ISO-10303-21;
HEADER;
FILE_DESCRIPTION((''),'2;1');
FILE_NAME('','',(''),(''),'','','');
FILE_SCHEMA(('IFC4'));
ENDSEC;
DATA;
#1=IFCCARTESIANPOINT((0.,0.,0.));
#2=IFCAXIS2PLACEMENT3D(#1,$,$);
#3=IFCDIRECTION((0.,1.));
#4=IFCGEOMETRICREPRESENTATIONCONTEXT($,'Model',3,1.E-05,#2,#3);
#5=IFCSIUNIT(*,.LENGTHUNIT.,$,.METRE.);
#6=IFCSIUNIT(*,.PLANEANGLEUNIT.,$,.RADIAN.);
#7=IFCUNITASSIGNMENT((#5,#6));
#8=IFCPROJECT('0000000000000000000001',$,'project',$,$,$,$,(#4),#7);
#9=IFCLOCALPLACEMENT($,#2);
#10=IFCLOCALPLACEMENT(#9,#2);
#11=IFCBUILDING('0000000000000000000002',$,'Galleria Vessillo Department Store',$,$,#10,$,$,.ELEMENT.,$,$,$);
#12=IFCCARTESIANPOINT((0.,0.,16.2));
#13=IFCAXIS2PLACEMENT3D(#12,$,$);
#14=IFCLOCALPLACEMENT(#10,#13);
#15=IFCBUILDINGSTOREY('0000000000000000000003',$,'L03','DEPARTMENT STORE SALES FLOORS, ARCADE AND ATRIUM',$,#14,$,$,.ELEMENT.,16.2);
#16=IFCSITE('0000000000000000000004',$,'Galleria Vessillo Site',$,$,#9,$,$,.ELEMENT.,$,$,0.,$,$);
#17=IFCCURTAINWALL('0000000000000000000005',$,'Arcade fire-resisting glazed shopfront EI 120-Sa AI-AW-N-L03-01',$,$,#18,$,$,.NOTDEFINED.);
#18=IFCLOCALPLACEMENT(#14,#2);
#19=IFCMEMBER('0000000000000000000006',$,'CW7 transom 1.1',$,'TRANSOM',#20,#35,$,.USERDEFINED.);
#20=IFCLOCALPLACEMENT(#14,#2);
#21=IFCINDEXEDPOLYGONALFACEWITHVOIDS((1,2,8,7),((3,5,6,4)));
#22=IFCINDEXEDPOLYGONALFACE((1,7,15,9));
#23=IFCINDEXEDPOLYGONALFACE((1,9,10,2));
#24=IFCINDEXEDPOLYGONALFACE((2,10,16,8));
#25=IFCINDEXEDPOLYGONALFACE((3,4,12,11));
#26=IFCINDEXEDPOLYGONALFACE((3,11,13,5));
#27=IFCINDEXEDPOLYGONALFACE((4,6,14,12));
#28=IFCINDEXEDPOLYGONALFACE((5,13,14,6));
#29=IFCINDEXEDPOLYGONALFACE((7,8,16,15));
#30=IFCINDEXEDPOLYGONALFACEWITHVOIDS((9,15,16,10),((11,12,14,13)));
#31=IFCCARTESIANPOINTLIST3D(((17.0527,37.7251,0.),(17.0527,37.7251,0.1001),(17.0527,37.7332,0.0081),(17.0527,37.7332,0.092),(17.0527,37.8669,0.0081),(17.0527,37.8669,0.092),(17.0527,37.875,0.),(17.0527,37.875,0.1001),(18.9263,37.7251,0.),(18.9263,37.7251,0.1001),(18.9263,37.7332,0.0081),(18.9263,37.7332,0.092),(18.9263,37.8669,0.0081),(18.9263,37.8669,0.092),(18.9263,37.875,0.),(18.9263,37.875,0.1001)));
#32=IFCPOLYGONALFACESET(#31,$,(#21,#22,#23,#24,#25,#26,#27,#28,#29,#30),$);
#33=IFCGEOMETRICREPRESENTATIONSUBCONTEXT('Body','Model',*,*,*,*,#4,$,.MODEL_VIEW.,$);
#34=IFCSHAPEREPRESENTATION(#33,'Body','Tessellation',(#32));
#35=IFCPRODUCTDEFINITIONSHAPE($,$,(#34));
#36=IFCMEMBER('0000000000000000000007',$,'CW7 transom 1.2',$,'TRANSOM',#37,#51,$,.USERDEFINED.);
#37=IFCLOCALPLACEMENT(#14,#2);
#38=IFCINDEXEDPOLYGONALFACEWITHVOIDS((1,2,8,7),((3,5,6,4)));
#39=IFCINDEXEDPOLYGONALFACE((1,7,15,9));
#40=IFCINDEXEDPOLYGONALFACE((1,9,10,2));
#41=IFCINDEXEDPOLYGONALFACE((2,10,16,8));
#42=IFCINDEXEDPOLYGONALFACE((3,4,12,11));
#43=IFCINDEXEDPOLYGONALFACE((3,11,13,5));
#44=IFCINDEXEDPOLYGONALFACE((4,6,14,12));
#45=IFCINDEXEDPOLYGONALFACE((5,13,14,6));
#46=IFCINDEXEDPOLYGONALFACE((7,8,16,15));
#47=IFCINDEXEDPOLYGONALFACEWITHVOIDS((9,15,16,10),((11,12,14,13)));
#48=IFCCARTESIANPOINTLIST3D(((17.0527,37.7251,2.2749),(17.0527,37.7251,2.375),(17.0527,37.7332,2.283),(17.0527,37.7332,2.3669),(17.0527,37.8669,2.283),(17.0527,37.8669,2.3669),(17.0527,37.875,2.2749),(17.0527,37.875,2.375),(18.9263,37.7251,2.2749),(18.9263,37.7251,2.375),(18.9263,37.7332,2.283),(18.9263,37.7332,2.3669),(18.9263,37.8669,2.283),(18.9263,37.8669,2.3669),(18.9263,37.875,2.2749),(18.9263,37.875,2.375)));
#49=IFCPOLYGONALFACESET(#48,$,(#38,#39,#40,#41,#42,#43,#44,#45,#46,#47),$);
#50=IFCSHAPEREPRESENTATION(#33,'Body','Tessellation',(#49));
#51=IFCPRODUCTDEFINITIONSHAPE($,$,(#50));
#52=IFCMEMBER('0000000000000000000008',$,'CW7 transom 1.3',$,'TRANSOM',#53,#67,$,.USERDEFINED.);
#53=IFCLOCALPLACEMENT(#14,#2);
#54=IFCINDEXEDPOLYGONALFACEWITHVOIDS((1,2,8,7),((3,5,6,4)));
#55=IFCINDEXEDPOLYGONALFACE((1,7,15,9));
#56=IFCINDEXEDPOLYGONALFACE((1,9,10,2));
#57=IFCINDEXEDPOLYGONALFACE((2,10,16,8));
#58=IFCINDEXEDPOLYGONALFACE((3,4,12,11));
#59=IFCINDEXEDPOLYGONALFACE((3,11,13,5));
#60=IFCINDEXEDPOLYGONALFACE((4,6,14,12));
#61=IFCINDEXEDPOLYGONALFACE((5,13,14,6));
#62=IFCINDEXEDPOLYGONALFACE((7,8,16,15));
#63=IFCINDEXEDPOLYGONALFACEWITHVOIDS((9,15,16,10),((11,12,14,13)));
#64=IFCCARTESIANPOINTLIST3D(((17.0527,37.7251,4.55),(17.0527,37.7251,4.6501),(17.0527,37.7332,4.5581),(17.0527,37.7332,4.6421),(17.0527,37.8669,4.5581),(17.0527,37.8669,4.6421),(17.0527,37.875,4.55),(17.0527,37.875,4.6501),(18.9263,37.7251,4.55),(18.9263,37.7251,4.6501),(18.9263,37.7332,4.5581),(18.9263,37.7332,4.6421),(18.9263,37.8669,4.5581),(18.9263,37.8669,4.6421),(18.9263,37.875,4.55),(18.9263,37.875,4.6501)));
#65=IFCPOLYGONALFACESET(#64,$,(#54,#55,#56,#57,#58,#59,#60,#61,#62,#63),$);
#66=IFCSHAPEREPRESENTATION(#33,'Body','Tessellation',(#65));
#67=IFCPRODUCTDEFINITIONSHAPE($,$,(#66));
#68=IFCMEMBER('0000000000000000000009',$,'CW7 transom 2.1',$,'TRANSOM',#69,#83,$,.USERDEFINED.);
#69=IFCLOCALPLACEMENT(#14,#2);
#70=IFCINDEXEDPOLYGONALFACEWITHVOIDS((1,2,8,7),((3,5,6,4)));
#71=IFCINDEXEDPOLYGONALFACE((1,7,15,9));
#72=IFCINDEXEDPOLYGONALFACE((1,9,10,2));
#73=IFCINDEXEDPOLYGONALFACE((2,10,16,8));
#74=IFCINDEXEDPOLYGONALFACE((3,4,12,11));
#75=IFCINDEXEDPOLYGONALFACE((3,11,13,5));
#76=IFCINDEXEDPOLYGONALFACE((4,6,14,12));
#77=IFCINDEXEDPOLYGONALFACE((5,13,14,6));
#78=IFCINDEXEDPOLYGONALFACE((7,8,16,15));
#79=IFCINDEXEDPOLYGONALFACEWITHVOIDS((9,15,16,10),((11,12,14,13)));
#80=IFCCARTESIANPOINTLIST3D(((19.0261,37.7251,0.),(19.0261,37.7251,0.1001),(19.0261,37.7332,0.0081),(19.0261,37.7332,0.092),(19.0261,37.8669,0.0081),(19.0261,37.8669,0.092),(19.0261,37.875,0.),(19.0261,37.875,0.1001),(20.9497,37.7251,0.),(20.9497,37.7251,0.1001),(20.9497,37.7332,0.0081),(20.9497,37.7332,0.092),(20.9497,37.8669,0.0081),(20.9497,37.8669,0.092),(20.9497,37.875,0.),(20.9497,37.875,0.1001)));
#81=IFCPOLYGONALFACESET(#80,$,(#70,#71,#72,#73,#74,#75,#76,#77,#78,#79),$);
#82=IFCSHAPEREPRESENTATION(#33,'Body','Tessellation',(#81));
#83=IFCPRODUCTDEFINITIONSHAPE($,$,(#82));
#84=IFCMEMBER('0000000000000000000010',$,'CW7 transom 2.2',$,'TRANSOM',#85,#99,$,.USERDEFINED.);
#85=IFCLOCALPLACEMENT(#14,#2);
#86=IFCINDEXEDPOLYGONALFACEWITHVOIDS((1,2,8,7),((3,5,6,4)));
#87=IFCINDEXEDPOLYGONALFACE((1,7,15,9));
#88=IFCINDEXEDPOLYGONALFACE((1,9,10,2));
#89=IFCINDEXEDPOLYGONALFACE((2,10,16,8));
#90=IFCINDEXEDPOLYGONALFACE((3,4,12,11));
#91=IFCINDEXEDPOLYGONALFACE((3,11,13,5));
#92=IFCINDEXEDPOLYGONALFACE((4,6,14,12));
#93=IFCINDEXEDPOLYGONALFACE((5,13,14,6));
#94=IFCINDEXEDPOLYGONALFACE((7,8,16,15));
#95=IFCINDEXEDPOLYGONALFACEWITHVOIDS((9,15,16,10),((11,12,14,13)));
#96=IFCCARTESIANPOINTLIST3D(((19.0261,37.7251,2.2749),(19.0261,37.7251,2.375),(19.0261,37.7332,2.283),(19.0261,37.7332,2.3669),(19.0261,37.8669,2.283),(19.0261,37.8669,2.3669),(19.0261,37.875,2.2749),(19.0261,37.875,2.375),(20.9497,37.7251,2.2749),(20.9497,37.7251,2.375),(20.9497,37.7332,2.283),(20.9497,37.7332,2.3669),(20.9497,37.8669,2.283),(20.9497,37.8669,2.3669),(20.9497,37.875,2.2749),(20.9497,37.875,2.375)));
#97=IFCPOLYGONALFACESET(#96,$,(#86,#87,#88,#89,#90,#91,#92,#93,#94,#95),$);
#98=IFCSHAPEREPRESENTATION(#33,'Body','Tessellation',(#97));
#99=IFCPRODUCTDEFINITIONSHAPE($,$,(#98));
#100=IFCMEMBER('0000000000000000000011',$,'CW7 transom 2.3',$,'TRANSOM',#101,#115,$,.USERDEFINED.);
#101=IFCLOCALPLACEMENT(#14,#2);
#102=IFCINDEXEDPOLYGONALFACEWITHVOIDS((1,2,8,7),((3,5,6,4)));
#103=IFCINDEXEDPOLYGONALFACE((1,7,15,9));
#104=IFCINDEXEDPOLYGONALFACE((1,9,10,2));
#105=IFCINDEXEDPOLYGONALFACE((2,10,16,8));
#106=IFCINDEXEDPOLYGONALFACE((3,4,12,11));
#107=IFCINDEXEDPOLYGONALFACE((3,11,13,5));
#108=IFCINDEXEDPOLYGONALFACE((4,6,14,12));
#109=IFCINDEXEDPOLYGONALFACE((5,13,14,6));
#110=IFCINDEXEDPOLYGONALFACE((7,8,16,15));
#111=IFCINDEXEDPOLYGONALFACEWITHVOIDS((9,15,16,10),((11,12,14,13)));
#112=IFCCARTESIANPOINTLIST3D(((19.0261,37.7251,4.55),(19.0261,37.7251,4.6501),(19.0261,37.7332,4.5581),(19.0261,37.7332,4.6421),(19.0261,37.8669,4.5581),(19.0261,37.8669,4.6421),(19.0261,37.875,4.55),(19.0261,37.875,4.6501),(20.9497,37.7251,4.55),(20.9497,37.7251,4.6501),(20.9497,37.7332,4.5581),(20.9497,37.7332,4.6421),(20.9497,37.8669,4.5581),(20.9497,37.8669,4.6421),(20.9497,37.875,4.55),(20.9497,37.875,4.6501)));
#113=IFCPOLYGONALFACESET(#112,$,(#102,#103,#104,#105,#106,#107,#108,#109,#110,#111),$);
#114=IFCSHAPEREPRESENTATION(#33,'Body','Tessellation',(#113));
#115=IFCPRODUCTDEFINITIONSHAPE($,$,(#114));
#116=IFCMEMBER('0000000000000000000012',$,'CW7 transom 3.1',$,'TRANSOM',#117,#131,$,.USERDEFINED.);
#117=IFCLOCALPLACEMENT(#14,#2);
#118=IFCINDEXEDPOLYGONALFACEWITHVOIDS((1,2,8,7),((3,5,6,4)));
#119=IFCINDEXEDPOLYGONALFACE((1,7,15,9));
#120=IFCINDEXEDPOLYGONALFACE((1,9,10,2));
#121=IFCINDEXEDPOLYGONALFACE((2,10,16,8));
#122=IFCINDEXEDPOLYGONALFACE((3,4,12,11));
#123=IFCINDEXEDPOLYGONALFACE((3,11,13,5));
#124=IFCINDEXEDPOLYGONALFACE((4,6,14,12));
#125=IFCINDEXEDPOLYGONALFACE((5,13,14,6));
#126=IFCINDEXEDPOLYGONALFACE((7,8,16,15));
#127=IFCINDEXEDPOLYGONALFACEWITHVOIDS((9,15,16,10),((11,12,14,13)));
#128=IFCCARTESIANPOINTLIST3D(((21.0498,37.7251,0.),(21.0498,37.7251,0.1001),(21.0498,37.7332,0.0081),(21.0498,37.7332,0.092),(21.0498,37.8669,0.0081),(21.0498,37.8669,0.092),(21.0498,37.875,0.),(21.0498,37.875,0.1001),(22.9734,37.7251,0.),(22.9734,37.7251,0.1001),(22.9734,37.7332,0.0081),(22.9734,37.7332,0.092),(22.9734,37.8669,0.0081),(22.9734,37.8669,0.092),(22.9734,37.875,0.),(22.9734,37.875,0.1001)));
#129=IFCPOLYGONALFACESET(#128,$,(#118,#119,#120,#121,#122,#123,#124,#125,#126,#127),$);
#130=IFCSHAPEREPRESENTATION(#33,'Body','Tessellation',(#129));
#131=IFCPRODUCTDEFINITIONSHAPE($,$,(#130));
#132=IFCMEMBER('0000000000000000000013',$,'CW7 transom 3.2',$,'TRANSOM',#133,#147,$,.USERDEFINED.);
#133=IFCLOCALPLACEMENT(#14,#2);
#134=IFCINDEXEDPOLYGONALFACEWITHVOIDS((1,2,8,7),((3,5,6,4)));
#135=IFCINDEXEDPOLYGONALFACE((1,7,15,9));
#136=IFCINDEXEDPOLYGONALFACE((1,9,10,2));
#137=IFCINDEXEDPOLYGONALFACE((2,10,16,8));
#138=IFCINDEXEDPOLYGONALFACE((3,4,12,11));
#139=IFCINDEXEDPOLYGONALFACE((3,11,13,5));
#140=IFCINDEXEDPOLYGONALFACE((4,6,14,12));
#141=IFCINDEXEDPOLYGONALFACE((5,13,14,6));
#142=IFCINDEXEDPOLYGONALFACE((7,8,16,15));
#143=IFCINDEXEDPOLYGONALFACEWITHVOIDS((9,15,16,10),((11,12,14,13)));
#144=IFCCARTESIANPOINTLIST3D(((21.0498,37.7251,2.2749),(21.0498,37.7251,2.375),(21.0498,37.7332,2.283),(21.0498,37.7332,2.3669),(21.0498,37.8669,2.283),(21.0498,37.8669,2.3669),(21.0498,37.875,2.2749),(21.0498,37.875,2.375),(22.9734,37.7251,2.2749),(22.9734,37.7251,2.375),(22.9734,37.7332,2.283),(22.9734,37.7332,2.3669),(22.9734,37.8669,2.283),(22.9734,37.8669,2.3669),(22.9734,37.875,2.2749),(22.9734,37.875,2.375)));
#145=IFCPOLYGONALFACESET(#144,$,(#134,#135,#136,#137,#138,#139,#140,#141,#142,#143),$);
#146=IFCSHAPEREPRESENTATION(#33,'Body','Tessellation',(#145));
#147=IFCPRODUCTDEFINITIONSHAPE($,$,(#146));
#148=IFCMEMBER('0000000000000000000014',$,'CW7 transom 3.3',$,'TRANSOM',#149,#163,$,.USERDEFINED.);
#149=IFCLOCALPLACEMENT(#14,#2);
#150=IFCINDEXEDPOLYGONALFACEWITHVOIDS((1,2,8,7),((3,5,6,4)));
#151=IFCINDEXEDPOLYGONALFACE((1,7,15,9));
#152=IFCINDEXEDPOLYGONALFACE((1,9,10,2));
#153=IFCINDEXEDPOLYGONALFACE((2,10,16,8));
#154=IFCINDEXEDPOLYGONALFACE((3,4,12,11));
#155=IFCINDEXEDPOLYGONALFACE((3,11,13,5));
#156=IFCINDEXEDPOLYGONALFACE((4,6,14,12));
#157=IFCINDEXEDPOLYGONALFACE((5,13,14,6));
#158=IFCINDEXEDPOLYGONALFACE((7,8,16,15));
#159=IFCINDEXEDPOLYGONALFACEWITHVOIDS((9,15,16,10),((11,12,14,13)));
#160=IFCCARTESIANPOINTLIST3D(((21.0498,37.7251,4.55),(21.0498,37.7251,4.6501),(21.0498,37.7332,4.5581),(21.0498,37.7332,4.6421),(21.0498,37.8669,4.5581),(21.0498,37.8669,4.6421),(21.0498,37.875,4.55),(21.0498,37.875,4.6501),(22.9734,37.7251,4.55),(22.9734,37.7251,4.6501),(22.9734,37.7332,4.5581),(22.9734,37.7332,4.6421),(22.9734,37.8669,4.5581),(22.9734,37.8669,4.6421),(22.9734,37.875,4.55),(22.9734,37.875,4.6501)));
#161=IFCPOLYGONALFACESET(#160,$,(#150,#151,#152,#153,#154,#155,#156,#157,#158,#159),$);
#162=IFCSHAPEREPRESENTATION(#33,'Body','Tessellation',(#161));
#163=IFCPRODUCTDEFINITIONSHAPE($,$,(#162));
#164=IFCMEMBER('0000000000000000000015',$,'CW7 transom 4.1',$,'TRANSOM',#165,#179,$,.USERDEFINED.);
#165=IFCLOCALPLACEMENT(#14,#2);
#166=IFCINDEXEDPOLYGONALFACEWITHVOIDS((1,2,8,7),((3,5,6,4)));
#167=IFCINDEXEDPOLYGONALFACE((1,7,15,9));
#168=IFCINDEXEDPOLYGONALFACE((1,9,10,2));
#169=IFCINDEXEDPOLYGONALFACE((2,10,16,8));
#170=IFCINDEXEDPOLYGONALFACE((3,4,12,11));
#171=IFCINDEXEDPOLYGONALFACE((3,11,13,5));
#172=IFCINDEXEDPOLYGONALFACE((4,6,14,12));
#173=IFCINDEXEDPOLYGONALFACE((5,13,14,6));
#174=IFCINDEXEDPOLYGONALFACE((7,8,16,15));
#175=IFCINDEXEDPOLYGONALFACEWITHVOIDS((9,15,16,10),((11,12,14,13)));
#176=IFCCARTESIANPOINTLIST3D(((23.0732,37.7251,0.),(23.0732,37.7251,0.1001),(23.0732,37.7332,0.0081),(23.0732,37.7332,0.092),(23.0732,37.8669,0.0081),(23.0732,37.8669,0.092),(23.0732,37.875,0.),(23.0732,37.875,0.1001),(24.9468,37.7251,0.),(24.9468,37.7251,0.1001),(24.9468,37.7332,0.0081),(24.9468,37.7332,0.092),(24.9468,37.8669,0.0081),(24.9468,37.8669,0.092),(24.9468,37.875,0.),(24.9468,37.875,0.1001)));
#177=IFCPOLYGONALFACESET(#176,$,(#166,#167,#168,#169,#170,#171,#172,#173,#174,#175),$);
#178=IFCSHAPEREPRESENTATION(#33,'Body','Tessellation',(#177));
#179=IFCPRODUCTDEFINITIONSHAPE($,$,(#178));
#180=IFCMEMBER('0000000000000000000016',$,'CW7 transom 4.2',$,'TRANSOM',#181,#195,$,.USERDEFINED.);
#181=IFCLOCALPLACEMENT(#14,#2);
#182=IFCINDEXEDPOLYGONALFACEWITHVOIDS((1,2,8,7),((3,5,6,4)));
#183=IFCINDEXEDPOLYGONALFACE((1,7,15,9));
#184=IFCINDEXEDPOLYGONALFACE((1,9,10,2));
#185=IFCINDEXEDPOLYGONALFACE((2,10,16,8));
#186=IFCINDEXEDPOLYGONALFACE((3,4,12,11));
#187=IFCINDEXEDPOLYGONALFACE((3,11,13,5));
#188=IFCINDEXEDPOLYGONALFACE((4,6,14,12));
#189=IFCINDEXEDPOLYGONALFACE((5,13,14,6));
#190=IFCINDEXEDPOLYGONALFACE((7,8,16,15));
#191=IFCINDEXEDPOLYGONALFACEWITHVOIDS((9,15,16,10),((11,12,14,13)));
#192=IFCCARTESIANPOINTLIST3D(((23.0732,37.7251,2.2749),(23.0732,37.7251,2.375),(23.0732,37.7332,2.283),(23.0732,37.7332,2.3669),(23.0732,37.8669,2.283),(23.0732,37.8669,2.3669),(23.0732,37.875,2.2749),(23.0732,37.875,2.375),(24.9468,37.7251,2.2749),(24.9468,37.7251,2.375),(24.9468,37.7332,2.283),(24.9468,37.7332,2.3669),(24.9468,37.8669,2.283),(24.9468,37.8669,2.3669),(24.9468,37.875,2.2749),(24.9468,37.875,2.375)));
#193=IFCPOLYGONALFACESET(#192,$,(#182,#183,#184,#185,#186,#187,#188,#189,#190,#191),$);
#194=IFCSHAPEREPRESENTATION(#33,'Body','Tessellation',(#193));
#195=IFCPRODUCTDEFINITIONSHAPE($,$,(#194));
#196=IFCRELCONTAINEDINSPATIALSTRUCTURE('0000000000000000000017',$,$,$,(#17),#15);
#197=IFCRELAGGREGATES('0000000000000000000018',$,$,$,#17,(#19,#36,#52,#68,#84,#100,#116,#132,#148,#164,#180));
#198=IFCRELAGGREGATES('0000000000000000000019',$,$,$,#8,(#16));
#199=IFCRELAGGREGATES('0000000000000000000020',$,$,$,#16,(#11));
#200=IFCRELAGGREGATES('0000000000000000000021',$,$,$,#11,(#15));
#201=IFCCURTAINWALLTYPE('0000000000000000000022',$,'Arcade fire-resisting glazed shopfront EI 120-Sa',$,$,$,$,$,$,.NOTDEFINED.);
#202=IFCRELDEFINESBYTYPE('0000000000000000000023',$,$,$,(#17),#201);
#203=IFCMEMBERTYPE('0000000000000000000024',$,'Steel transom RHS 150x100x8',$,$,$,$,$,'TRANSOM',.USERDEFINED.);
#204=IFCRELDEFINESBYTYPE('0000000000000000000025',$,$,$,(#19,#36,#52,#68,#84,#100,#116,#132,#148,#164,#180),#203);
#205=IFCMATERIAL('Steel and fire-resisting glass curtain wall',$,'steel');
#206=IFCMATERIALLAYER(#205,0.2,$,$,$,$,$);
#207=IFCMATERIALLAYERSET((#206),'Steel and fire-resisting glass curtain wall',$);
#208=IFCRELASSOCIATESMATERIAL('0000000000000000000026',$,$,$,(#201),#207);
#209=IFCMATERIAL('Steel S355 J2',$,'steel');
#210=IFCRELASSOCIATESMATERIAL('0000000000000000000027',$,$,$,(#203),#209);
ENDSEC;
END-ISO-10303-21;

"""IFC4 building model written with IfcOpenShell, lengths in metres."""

from ifc_helpers import new_model, si_unit, direction, frame, origin, origin_2d, place, context, subcontext, project, spatial, hollow_rectangle, extrude, material, layer, layer_set, material_profile, profile_set, type_object, element, aggregate, save


model = new_model("IFC4")

# Units and contexts
model_context = context("Model", 3, precision=1e-05, world=origin(), true_north=direction((0.0, 1.0)))
body_context = subcontext(model_context, "Body", "Model", "MODEL_VIEW")
ifc_project = project(units=[si_unit("LENGTHUNIT", "METRE"), si_unit("PLANEANGLEUNIT", "RADIAN")], contexts=[model_context])

# Site, building, storey
site_placement = place(None, origin())
site = spatial("IfcSite", under=ifc_project, at=site_placement, Name="Galleria Vessillo Site", CompositionType="ELEMENT", RefElevation=0.0)
building_placement = place(site_placement, origin())
building = spatial("IfcBuilding", under=site, at=building_placement, Name="Galleria Vessillo Department Store", CompositionType="ELEMENT")
storey_placement = place(building_placement, frame((0.0, 0.0, 16.2)))
storey = spatial("IfcBuildingStorey", under=building, at=storey_placement, Name="L03", Description="DEPARTMENT STORE SALES FLOORS, ARCADE AND ATRIUM", CompositionType="ELEMENT", Elevation=16.2)

# Curtain wall, members
ifc_material_1 = material(Name="Steel and fire-resisting glass curtain wall", Category="steel")
ifc_layer_1 = layer(ifc_material_1, 0.2)
ifc_layer_set_1 = layer_set([ifc_layer_1], Name="Steel and fire-resisting glass curtain wall")
curtain_wall_type = type_object("IfcCurtainWallType", Name="Arcade fire-resisting glazed shopfront EI 120-Sa", PredefinedType="NOTDEFINED", material=ifc_layer_set_1)
curtain_wall_placement = place(storey_placement, origin())
curtain_wall = element("IfcCurtainWall", 1, at=curtain_wall_placement, inside=storey, type_object=curtain_wall_type, Name="Arcade fire-resisting glazed shopfront EI 120-Sa AI-AW-N-L03-01", PredefinedType="NOTDEFINED")
ifc_material_2 = material(Name="Steel S355 J2", Category="steel")
ifc_material_profile_1 = material_profile(ifc_material_2, hollow_rectangle(XDim=0.1499, YDim=0.1001, WallThickness=0.0081, at=origin_2d()), Name="RHS 150x100x8")
ifc_profile_set_1 = profile_set([ifc_material_profile_1], Name="Steel S355 J2")
member_type_1 = type_object("IfcMemberType", Name="Steel transom RHS 150x100x8", ElementType="TRANSOM", PredefinedType="USERDEFINED", material=ifc_profile_set_1)
member_1_placement = place(storey_placement, frame((17.0527, 37.8, 0.05), z_axis=(1.0, 0.0, 0.0), x_axis=(0.0, 1.0, 0.0)))
member_1 = element("IfcMember", 2, at=member_1_placement, type_object=member_type_1, Name="CW7 transom 1.1", ObjectType="TRANSOM", PredefinedType="USERDEFINED", context=body_context, shape_type="SweptSolid", body=[
    extrude(hollow_rectangle(XDim=0.1499, YDim=0.1001, WallThickness=0.0081, at=origin_2d()), origin(), (0.0, 0.0, 1.0), 1.8735),
])
member_2_placement = place(storey_placement, frame((17.0527, 37.8, 2.325), z_axis=(1.0, 0.0, 0.0), x_axis=(0.0, 1.0, 0.0)))
member_2 = element("IfcMember", 3, at=member_2_placement, type_object=member_type_1, Name="CW7 transom 1.2", ObjectType="TRANSOM", PredefinedType="USERDEFINED", context=body_context, shape_type="SweptSolid", body=[
    extrude(hollow_rectangle(XDim=0.1499, YDim=0.1001, WallThickness=0.0081, at=origin_2d()), origin(), (0.0, 0.0, 1.0), 1.8735),
])
member_3_placement = place(storey_placement, frame((17.0527, 37.8, 4.6001), z_axis=(1.0, 0.0, 0.0), x_axis=(0.0, 1.0, 0.0)))
member_3 = element("IfcMember", 4, at=member_3_placement, type_object=member_type_1, Name="CW7 transom 1.3", ObjectType="TRANSOM", PredefinedType="USERDEFINED", context=body_context, shape_type="SweptSolid", body=[
    extrude(hollow_rectangle(XDim=0.1499, YDim=0.1001, WallThickness=0.0081, at=origin_2d()), origin(), (0.0, 0.0, 1.0), 1.8735),
])
member_4_placement = place(storey_placement, frame((19.0261, 37.8, 0.05), z_axis=(1.0, 0.0, 0.0), x_axis=(0.0, 1.0, 0.0)))
member_4 = element("IfcMember", 5, at=member_4_placement, type_object=member_type_1, Name="CW7 transom 2.1", ObjectType="TRANSOM", PredefinedType="USERDEFINED", context=body_context, shape_type="SweptSolid", body=[
    extrude(hollow_rectangle(XDim=0.1499, YDim=0.1001, WallThickness=0.0081, at=origin_2d()), origin(), (0.0, 0.0, 1.0), 1.9236),
])
member_5_placement = place(storey_placement, frame((19.0261, 37.8, 2.325), z_axis=(1.0, 0.0, 0.0), x_axis=(0.0, 1.0, 0.0)))
member_5 = element("IfcMember", 6, at=member_5_placement, type_object=member_type_1, Name="CW7 transom 2.2", ObjectType="TRANSOM", PredefinedType="USERDEFINED", context=body_context, shape_type="SweptSolid", body=[
    extrude(hollow_rectangle(XDim=0.1499, YDim=0.1001, WallThickness=0.0081, at=origin_2d()), origin(), (0.0, 0.0, 1.0), 1.9236),
])
member_6_placement = place(storey_placement, frame((19.0261, 37.8, 4.6001), z_axis=(1.0, 0.0, 0.0), x_axis=(0.0, 1.0, 0.0)))
member_6 = element("IfcMember", 7, at=member_6_placement, type_object=member_type_1, Name="CW7 transom 2.3", ObjectType="TRANSOM", PredefinedType="USERDEFINED", context=body_context, shape_type="SweptSolid", body=[
    extrude(hollow_rectangle(XDim=0.1499, YDim=0.1001, WallThickness=0.0081, at=origin_2d()), origin(), (0.0, 0.0, 1.0), 1.9236),
])
member_7_placement = place(storey_placement, frame((21.0498, 37.8, 0.05), z_axis=(1.0, 0.0, 0.0), x_axis=(0.0, 1.0, 0.0)))
member_7 = element("IfcMember", 8, at=member_7_placement, type_object=member_type_1, Name="CW7 transom 3.1", ObjectType="TRANSOM", PredefinedType="USERDEFINED", context=body_context, shape_type="SweptSolid", body=[
    extrude(hollow_rectangle(XDim=0.1499, YDim=0.1001, WallThickness=0.0081, at=origin_2d()), origin(), (0.0, 0.0, 1.0), 1.9236),
])
member_8_placement = place(storey_placement, frame((21.0498, 37.8, 2.325), z_axis=(1.0, 0.0, 0.0), x_axis=(0.0, 1.0, 0.0)))
member_8 = element("IfcMember", 9, at=member_8_placement, type_object=member_type_1, Name="CW7 transom 3.2", ObjectType="TRANSOM", PredefinedType="USERDEFINED", context=body_context, shape_type="SweptSolid", body=[
    extrude(hollow_rectangle(XDim=0.1499, YDim=0.1001, WallThickness=0.0081, at=origin_2d()), origin(), (0.0, 0.0, 1.0), 1.9236),
])
member_9_placement = place(storey_placement, frame((21.0498, 37.8, 4.6001), z_axis=(1.0, 0.0, 0.0), x_axis=(0.0, 1.0, 0.0)))
member_9 = element("IfcMember", 10, at=member_9_placement, type_object=member_type_1, Name="CW7 transom 3.3", ObjectType="TRANSOM", PredefinedType="USERDEFINED", context=body_context, shape_type="SweptSolid", body=[
    extrude(hollow_rectangle(XDim=0.1499, YDim=0.1001, WallThickness=0.0081, at=origin_2d()), origin(), (0.0, 0.0, 1.0), 1.9236),
])
member_10_placement = place(storey_placement, frame((23.0732, 37.8, 0.05), z_axis=(1.0, 0.0, 0.0), x_axis=(0.0, 1.0, 0.0)))
member_10 = element("IfcMember", 11, at=member_10_placement, type_object=member_type_1, Name="CW7 transom 4.1", ObjectType="TRANSOM", PredefinedType="USERDEFINED", context=body_context, shape_type="SweptSolid", body=[
    extrude(hollow_rectangle(XDim=0.1499, YDim=0.1001, WallThickness=0.0081, at=origin_2d()), origin(), (0.0, 0.0, 1.0), 1.8735),
])
member_11_placement = place(storey_placement, frame((23.0732, 37.8, 2.325), z_axis=(1.0, 0.0, 0.0), x_axis=(0.0, 1.0, 0.0)))
member_11 = element("IfcMember", 12, at=member_11_placement, type_object=member_type_1, Name="CW7 transom 4.2", ObjectType="TRANSOM", PredefinedType="USERDEFINED", context=body_context, shape_type="SweptSolid", body=[
    extrude(hollow_rectangle(XDim=0.1499, YDim=0.1001, WallThickness=0.0081, at=origin_2d()), origin(), (0.0, 0.0, 1.0), 1.8735),
])

aggregate(curtain_wall, [member_1, member_2, member_3, member_4, member_5, member_6, member_7, member_8, member_9, member_10, member_11])

save(model, "model.ifc")
